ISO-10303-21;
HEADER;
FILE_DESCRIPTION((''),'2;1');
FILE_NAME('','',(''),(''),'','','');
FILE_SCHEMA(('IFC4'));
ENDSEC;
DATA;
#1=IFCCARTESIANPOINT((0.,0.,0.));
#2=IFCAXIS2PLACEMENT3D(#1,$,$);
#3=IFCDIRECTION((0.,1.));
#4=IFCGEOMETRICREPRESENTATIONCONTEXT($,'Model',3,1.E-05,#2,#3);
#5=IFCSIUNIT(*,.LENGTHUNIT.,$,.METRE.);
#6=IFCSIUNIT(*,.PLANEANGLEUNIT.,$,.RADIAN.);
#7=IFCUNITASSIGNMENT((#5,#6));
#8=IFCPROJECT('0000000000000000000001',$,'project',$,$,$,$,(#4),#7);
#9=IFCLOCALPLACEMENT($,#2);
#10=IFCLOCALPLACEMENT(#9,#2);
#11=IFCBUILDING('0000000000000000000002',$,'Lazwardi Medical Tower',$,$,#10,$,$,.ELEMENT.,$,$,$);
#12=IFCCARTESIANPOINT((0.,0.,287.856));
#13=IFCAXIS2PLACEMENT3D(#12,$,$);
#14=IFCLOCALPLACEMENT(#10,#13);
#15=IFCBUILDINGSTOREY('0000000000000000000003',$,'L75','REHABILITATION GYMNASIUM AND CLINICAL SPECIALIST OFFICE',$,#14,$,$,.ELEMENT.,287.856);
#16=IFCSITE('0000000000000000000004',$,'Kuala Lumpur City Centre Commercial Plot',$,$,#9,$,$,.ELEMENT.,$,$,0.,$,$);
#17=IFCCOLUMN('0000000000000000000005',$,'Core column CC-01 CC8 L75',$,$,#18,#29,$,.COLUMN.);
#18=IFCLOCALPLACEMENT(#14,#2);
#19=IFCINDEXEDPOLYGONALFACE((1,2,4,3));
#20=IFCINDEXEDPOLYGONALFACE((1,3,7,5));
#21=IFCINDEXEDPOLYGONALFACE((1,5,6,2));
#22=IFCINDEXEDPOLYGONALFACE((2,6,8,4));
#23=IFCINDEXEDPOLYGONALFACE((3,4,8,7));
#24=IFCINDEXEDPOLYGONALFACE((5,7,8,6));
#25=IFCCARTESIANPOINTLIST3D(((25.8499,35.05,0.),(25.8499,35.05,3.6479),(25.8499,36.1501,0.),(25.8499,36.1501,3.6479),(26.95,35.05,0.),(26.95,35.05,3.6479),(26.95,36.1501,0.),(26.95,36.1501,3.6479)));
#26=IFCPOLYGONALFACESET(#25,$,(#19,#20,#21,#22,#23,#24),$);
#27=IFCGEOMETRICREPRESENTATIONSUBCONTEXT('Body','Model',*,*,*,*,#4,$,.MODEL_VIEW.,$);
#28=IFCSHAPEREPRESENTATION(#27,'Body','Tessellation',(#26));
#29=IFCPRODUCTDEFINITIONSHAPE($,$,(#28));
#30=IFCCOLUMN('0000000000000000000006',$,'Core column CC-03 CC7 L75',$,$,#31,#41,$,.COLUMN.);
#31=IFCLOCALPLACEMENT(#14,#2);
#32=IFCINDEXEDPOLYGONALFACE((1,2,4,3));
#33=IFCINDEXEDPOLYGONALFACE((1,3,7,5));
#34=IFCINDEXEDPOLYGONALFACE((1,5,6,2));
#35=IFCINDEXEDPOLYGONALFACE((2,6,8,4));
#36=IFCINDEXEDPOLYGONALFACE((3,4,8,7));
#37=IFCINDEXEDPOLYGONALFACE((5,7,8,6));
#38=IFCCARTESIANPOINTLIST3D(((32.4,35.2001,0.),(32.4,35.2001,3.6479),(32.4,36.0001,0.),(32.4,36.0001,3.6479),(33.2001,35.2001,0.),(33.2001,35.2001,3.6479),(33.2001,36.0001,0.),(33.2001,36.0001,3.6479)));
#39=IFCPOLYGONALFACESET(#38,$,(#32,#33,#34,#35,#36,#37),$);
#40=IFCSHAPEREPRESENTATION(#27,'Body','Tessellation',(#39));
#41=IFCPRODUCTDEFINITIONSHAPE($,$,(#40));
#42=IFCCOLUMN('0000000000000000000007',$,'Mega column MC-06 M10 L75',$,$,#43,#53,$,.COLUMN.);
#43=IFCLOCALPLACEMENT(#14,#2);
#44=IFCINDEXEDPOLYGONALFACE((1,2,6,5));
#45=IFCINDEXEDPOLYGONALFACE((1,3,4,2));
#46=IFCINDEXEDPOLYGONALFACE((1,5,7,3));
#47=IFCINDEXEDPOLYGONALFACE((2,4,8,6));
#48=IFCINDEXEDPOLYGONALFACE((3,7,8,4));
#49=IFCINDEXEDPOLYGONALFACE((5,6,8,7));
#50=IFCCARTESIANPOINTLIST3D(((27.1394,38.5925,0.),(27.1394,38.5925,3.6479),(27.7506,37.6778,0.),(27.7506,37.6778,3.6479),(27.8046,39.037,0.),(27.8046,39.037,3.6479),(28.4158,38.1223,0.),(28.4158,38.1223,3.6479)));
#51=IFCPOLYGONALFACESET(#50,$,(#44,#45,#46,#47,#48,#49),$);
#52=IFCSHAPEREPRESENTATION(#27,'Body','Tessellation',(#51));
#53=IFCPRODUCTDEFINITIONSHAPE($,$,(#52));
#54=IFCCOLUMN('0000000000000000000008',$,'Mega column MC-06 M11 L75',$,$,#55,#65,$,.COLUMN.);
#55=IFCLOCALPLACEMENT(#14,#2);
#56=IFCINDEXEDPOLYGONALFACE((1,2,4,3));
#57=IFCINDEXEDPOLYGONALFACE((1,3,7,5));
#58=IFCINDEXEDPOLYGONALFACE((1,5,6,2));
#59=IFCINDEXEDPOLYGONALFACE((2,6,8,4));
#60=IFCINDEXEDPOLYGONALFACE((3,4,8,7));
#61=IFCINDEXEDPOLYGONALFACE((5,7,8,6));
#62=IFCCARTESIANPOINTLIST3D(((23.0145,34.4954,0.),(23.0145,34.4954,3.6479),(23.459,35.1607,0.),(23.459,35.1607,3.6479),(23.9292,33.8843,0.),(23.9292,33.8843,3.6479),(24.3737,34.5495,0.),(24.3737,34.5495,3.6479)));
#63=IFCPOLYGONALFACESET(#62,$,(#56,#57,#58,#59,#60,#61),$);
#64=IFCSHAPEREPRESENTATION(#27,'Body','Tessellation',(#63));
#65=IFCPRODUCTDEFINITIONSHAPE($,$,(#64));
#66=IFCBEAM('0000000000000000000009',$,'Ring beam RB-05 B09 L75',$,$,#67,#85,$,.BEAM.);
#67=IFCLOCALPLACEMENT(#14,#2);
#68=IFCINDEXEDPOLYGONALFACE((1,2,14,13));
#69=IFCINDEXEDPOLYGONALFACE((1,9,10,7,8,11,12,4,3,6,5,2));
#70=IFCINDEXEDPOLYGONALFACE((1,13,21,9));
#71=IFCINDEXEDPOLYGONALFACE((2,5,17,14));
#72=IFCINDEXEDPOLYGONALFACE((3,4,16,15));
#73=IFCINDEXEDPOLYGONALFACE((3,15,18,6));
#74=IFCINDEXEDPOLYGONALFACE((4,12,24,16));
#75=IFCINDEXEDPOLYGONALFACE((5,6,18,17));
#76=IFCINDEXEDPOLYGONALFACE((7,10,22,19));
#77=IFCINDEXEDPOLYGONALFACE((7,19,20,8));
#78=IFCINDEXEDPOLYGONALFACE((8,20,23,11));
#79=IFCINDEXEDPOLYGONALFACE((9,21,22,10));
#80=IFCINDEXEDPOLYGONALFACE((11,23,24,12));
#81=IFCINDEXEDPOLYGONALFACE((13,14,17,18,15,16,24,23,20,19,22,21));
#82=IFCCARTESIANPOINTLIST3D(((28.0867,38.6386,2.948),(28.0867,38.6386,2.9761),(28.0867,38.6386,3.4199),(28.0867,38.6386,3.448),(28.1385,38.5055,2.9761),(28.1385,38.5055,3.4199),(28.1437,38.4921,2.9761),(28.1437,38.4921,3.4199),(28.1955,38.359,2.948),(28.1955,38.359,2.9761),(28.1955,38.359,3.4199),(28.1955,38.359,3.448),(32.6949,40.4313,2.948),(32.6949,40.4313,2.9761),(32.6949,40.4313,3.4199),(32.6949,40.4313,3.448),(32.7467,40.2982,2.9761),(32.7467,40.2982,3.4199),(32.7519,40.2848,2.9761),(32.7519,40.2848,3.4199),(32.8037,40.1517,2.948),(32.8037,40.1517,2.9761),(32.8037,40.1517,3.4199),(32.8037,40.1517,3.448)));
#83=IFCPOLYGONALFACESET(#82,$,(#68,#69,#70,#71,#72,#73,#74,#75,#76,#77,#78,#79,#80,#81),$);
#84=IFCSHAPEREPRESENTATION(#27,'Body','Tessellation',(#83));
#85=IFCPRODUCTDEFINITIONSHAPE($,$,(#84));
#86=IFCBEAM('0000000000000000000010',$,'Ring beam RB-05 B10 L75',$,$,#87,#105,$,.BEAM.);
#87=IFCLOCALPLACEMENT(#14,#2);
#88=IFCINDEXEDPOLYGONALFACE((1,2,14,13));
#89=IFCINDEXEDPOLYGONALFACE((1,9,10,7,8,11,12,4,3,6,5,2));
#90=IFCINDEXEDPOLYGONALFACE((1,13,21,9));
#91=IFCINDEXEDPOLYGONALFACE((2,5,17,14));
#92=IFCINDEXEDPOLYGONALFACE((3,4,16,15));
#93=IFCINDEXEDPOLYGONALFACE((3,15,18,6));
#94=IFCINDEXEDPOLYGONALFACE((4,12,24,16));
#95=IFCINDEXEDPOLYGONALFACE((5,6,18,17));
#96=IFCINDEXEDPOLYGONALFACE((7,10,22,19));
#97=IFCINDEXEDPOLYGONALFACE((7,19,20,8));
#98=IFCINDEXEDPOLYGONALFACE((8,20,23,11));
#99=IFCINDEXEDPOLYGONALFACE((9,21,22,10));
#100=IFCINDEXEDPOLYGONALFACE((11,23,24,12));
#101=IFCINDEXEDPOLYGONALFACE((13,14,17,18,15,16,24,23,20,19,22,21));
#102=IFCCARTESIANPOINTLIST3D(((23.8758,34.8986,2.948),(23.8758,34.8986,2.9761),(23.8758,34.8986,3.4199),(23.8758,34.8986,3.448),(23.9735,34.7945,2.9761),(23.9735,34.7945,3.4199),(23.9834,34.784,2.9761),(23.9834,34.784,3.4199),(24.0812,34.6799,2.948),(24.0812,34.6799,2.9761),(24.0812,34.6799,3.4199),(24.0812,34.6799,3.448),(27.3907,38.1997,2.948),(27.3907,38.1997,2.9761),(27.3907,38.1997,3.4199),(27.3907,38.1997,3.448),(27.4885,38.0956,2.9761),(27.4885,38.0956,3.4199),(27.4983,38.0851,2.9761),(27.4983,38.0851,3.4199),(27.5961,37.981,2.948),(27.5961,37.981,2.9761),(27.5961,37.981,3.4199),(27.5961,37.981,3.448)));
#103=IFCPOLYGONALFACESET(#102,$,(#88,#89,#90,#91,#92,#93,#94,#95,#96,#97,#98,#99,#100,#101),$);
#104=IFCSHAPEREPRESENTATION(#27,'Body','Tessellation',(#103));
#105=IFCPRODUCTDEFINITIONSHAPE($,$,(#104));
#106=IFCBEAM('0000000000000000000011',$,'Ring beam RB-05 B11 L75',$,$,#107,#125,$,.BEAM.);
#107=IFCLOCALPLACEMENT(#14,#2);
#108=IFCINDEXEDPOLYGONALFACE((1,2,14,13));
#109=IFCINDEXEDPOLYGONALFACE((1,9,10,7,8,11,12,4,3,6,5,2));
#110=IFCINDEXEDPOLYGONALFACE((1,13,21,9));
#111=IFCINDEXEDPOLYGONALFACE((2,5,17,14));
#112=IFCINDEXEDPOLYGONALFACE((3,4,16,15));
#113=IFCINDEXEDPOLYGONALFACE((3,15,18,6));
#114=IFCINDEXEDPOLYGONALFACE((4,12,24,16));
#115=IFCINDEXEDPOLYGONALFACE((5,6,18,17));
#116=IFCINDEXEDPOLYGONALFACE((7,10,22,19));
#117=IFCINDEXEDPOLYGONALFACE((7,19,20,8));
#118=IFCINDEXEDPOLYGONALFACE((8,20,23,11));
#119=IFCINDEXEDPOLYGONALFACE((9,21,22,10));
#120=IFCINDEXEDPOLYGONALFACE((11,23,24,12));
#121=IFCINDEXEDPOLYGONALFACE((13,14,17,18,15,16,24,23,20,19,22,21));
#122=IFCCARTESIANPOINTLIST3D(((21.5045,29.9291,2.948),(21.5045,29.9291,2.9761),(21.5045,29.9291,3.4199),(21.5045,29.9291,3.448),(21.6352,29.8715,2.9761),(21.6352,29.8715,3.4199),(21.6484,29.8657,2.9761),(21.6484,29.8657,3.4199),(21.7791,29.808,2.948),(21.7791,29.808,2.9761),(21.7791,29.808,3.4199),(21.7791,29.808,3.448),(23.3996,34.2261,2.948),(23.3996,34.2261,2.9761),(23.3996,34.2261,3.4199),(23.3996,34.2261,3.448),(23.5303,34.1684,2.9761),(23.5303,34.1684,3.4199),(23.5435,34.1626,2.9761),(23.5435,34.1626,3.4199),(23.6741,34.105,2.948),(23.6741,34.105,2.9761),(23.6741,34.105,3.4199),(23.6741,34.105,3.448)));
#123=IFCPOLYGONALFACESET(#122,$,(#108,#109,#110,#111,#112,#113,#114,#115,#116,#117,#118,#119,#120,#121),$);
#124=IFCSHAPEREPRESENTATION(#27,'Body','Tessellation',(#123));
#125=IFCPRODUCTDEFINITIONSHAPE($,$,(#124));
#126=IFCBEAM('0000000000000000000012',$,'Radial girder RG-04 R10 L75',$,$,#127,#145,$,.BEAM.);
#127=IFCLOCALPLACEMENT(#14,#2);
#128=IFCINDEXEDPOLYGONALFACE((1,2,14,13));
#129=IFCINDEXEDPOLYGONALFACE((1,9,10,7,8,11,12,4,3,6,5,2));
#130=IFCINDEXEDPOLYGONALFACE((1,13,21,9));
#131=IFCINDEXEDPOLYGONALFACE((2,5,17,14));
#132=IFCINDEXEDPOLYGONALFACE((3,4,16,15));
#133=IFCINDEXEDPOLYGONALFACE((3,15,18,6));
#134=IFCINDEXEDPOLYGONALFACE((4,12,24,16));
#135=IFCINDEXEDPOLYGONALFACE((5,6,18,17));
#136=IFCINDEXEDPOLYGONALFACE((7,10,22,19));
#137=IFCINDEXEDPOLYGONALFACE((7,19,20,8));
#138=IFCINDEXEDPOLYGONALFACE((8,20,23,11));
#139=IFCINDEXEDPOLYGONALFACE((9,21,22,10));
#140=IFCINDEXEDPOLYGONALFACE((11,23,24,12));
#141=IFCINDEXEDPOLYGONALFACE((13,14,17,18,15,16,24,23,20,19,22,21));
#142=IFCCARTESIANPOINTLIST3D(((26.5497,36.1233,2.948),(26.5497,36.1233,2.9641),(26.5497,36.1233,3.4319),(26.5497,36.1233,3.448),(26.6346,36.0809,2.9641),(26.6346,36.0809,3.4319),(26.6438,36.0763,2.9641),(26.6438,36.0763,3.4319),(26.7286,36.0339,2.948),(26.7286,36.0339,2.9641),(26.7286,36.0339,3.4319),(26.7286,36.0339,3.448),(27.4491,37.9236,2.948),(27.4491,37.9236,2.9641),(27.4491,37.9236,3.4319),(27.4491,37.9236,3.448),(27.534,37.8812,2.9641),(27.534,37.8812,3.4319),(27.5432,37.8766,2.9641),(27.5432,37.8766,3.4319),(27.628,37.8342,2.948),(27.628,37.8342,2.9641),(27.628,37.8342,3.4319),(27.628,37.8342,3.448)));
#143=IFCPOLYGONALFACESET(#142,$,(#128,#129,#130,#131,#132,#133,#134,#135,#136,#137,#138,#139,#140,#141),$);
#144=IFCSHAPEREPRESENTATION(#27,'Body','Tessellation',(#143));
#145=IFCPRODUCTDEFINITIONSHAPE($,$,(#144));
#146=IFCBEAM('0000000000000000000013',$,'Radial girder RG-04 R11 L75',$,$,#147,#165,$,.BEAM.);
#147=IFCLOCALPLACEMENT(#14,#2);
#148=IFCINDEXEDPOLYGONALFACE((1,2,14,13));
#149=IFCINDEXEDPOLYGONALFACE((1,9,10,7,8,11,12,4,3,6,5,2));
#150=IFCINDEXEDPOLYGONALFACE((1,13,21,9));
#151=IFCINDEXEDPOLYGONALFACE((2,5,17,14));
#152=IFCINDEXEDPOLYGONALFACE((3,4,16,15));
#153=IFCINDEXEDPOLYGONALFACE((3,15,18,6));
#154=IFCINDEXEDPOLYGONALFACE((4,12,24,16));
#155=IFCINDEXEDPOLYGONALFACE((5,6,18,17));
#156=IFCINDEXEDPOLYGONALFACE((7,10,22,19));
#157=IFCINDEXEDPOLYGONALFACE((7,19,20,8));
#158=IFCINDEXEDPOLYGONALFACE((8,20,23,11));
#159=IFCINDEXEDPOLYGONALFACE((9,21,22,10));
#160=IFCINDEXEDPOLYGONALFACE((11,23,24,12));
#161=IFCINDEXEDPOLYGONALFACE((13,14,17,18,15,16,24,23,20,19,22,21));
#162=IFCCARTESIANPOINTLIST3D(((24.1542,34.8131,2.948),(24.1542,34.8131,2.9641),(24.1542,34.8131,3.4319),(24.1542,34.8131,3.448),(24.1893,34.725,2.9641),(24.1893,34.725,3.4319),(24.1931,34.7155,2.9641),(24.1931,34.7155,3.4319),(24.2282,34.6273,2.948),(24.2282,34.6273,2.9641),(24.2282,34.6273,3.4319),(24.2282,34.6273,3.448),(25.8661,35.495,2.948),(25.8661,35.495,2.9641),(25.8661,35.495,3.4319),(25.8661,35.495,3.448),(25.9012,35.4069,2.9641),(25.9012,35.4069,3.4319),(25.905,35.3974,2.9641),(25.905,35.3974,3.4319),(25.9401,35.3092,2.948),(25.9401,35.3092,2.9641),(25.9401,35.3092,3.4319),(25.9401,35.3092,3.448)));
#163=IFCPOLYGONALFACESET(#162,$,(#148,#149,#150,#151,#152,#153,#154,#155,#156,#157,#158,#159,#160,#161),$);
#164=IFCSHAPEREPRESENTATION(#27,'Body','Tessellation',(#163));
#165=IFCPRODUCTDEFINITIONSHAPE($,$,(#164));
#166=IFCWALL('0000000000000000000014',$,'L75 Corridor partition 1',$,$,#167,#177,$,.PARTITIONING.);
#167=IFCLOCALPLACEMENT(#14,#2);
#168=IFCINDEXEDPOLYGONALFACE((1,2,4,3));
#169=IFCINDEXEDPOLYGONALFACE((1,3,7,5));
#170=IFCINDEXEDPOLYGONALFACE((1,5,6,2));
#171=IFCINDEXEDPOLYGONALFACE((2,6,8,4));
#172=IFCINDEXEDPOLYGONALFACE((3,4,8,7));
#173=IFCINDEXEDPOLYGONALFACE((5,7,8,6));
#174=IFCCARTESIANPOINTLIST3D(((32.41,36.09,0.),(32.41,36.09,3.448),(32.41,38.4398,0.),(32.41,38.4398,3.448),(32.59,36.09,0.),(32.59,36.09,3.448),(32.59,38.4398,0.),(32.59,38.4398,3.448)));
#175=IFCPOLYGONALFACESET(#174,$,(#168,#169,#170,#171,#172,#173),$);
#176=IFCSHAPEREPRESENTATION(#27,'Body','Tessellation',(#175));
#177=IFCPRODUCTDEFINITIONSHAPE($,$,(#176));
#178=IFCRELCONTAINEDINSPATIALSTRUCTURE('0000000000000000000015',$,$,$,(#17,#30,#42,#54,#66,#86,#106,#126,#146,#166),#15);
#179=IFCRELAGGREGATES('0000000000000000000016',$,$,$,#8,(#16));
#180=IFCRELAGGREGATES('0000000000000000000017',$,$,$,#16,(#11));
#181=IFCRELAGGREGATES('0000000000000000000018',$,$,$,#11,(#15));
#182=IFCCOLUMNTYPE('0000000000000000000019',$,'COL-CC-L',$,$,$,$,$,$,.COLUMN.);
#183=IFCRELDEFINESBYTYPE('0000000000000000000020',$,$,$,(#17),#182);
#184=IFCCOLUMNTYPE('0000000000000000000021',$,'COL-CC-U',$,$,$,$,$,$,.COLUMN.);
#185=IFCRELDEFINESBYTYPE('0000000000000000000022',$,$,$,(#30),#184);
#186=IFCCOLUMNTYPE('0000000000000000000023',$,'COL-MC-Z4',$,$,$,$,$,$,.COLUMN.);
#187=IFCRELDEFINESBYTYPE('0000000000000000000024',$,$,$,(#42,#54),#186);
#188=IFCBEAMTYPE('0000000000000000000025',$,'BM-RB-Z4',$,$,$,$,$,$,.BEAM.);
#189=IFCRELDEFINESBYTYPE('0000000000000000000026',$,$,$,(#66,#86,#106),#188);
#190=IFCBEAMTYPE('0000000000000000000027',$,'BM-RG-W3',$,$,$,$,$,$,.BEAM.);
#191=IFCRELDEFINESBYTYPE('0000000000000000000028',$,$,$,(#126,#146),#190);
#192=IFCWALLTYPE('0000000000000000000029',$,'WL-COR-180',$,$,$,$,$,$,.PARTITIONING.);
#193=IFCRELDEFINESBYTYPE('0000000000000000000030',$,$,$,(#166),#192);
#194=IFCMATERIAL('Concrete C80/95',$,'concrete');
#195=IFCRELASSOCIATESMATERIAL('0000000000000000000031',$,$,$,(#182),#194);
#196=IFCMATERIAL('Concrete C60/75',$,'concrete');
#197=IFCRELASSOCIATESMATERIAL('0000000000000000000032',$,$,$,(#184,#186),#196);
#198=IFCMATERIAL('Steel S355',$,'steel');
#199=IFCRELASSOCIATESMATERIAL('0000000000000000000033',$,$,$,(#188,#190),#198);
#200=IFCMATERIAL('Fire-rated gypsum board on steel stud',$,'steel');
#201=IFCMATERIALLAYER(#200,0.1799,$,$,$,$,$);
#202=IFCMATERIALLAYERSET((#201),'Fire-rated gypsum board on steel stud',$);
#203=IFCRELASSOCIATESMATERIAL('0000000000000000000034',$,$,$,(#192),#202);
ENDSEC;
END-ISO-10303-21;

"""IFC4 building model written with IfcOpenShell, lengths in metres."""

from ifc_helpers import new_model, si_unit, direction, frame, frame_2d, origin, origin_2d, place, context, subcontext, project, spatial, rectangle, i_section, extrude, material, layer, layer_set, material_profile, profile_set, type_object, element, save


model = new_model("IFC4")

# Units and contexts
model_context = context("Model", 3, precision=1e-05, world=origin(), true_north=direction((0.0, 1.0)))
body_context = subcontext(model_context, "Body", "Model", "MODEL_VIEW")
ifc_project = project(units=[si_unit("LENGTHUNIT", "METRE"), si_unit("PLANEANGLEUNIT", "RADIAN")], contexts=[model_context])

# Site, building, storey
site_placement = place(None, origin())
site = spatial("IfcSite", under=ifc_project, at=site_placement, Name="Kuala Lumpur City Centre Commercial Plot", CompositionType="ELEMENT", RefElevation=0.0)
building_placement = place(site_placement, origin())
building = spatial("IfcBuilding", under=site, at=building_placement, Name="Lazwardi Medical Tower", CompositionType="ELEMENT")
storey_placement = place(building_placement, frame((0.0, 0.0, 287.856)))
storey = spatial("IfcBuildingStorey", under=building, at=storey_placement, Name="L75", Description="REHABILITATION GYMNASIUM AND CLINICAL SPECIALIST OFFICE", CompositionType="ELEMENT", Elevation=287.856)

# Columns
ifc_material_1 = material(Name="Concrete C80/95", Category="concrete")
ifc_material_profile_1 = material_profile(ifc_material_1, rectangle(XDim=1.1001, YDim=1.1001, at=origin_2d()), Name="RC 1100x1100")
ifc_profile_set_1 = profile_set([ifc_material_profile_1], Name="Concrete C80/95")
column_type_1 = type_object("IfcColumnType", Name="COL-CC-L", PredefinedType="COLUMN", material=ifc_profile_set_1)
column_1_placement = place(storey_placement, frame((26.3999, 35.6001, 0.0), z_axis=(0.0, 0.0, 1.0), x_axis=(1.0, 0.0, 0.0)))
element("IfcColumn", 1, at=column_1_placement, inside=storey, type_object=column_type_1, Name="Core column CC-01 CC8 L75", PredefinedType="COLUMN", context=body_context, shape_type="SweptSolid", body=[
    extrude(rectangle(XDim=1.1001, YDim=1.1001, at=origin_2d()), origin(), (0.0, 0.0, 1.0), 3.6479),
])
ifc_material_2 = material(Name="Concrete C60/75", Category="concrete")
ifc_material_profile_2 = material_profile(ifc_material_2, rectangle(XDim=0.8, YDim=0.8, at=origin_2d()), Name="RC 800x800")
ifc_profile_set_2 = profile_set([ifc_material_profile_2], Name="Concrete C60/75")
column_type_2 = type_object("IfcColumnType", Name="COL-CC-U", PredefinedType="COLUMN", material=ifc_profile_set_2)
column_2_placement = place(storey_placement, frame((32.8, 35.6001, 0.0), z_axis=(0.0, 0.0, 1.0), x_axis=(1.0, 0.0, 0.0)))
element("IfcColumn", 2, at=column_2_placement, inside=storey, type_object=column_type_2, Name="Core column CC-03 CC7 L75", PredefinedType="COLUMN", context=body_context, shape_type="SweptSolid", body=[
    extrude(rectangle(XDim=0.8, YDim=0.8, at=origin_2d()), origin(), (0.0, 0.0, 1.0), 3.6479),
])
ifc_material_profile_3 = material_profile(ifc_material_2, rectangle(XDim=1.1001, YDim=0.8, at=origin_2d()), Name="CFT-RECT 1100x800")
ifc_profile_set_3 = profile_set([ifc_material_profile_3], Name="Concrete C60/75")
column_type_3 = type_object("IfcColumnType", Name="COL-MC-Z4", PredefinedType="COLUMN", material=ifc_profile_set_3)
for number, where, z_axis, x_axis, name in (
    (3, (27.7776, 38.3574, 0.0), (0.0, 0.0, 1.0), (-0.55557, 0.83147, 0.0), "Mega column MC-06 M10 L75"),
    (4, (23.6941, 34.5225, 0.0), (0.0, 0.0, 1.0), (-0.83147, 0.55557, 0.0), "Mega column MC-06 M11 L75"),
):
    element("IfcColumn", number, at=place(storey_placement, frame(where, z_axis=z_axis, x_axis=x_axis)), inside=storey, type_object=column_type_3, Name=name, PredefinedType="COLUMN", context=body_context, shape_type="SweptSolid", body=[
        extrude(rectangle(XDim=1.1001, YDim=0.8, at=origin_2d()), origin(), (0.0, 0.0, 1.0), 3.6479),
    ])

# Beams
ifc_material_3 = material(Name="Steel S355", Category="steel")
ifc_material_profile_4 = material_profile(ifc_material_3, i_section(OverallWidth=0.3, OverallDepth=0.5, WebThickness=0.0144, FlangeThickness=0.0281, at=origin_2d()), Name="HEB 500")
ifc_profile_set_4 = profile_set([ifc_material_profile_4], Name="Steel S355")
beam_type_1 = type_object("IfcBeamType", Name="BM-RB-Z4", PredefinedType="BEAM", material=ifc_profile_set_4)
beam_1_placement = place(storey_placement, frame((32.7493, 40.2915, 3.198), z_axis=(-0.931959, -0.362563, 0.0), x_axis=(0.362563, -0.931959, 0.0)))
element("IfcBeam", 5, at=beam_1_placement, inside=storey, type_object=beam_type_1, Name="Ring beam RB-05 B09 L75", PredefinedType="BEAM", context=body_context, shape_type="SweptSolid", body=[
    extrude(i_section(OverallWidth=0.3, OverallDepth=0.5, WebThickness=0.0144, FlangeThickness=0.0281, at=origin_2d()), origin(), (0.0, 0.0, 1.0), 4.9446),
])
beam_2_placement = place(storey_placement, frame((27.4934, 38.0903, 3.198), z_axis=(-0.728935, -0.684583, 0.0), x_axis=(0.684583, -0.728935, 0.0)))
element("IfcBeam", 6, at=beam_2_placement, inside=storey, type_object=beam_type_1, Name="Ring beam RB-05 B10 L75", PredefinedType="BEAM", context=body_context, shape_type="SweptSolid", body=[
    extrude(i_section(OverallWidth=0.3, OverallDepth=0.5, WebThickness=0.0144, FlangeThickness=0.0281, at=origin_2d()), origin(), (0.0, 0.0, 1.0), 4.822),
])
beam_3_placement = place(storey_placement, frame((23.5369, 34.1655, 3.198), z_axis=(-0.403522, -0.91497, 0.0), x_axis=(0.91497, -0.403522, 0.0)))
element("IfcBeam", 7, at=beam_3_placement, inside=storey, type_object=beam_type_1, Name="Ring beam RB-05 B11 L75", PredefinedType="BEAM", context=body_context, shape_type="SweptSolid", body=[
    extrude(i_section(OverallWidth=0.3, OverallDepth=0.5, WebThickness=0.0144, FlangeThickness=0.0281, at=origin_2d()), origin(), (0.0, 0.0, 1.0), 4.6963),
])
ifc_material_profile_5 = material_profile(ifc_material_3, i_section(OverallWidth=0.2, OverallDepth=0.5, WebThickness=0.0103, FlangeThickness=0.0161, at=origin_2d()), Name="IPE 500")
ifc_profile_set_5 = profile_set([ifc_material_profile_5], Name="Steel S355")
beam_type_2 = type_object("IfcBeamType", Name="BM-RG-W3", PredefinedType="BEAM", material=ifc_profile_set_5)
beam_4_placement = place(storey_placement, frame((27.5386, 37.8789, 3.198), z_axis=(-0.446922, -0.894573, 0.0), x_axis=(0.894573, -0.446922, 0.0)))
element("IfcBeam", 8, at=beam_4_placement, inside=storey, type_object=beam_type_2, Name="Radial girder RG-04 R10 L75", PredefinedType="BEAM", context=body_context, shape_type="SweptSolid", body=[
    extrude(i_section(OverallWidth=0.2, OverallDepth=0.5, WebThickness=0.0103, FlangeThickness=0.0161, at=origin_2d()), origin(), (0.0, 0.0, 1.0), 2.0125),
])
beam_5_placement = place(storey_placement, frame((24.1912, 34.7202, 3.198), z_axis=(0.929015, 0.370043, 0.0), x_axis=(-0.370043, 0.929015, 0.0)))
element("IfcBeam", 9, at=beam_5_placement, inside=storey, type_object=beam_type_2, Name="Radial girder RG-04 R11 L75", PredefinedType="BEAM", context=body_context, shape_type="SweptSolid", body=[
    extrude(i_section(OverallWidth=0.2, OverallDepth=0.5, WebThickness=0.0103, FlangeThickness=0.0161, at=origin_2d()), origin(), (0.0, 0.0, 1.0), 1.8428),
])

# Wall
ifc_material_4 = material(Name="Fire-rated gypsum board on steel stud", Category="steel")
ifc_layer_1 = layer(ifc_material_4, 0.1799)
ifc_layer_set_1 = layer_set([ifc_layer_1], Name="Fire-rated gypsum board on steel stud")
wall_type_1 = type_object("IfcWallType", Name="WL-COR-180", PredefinedType="PARTITIONING", material=ifc_layer_set_1)
wall_1_placement = place(storey_placement, frame((32.5, 36.0901, 0.0), z_axis=(0.0, 0.0, 1.0), x_axis=(0.0, 1.0, 0.0)))
element("IfcWall", 10, at=wall_1_placement, inside=storey, type_object=wall_type_1, Name="L75 Corridor partition 1", PredefinedType="PARTITIONING", context=body_context, shape_type="SweptSolid", body=[
    extrude(rectangle(XDim=2.3499, YDim=0.1799, at=frame_2d((1.1748, 0.0))), origin(), (0.0, 0.0, 1.0), 3.448),
])

save(model, "model.ifc")
